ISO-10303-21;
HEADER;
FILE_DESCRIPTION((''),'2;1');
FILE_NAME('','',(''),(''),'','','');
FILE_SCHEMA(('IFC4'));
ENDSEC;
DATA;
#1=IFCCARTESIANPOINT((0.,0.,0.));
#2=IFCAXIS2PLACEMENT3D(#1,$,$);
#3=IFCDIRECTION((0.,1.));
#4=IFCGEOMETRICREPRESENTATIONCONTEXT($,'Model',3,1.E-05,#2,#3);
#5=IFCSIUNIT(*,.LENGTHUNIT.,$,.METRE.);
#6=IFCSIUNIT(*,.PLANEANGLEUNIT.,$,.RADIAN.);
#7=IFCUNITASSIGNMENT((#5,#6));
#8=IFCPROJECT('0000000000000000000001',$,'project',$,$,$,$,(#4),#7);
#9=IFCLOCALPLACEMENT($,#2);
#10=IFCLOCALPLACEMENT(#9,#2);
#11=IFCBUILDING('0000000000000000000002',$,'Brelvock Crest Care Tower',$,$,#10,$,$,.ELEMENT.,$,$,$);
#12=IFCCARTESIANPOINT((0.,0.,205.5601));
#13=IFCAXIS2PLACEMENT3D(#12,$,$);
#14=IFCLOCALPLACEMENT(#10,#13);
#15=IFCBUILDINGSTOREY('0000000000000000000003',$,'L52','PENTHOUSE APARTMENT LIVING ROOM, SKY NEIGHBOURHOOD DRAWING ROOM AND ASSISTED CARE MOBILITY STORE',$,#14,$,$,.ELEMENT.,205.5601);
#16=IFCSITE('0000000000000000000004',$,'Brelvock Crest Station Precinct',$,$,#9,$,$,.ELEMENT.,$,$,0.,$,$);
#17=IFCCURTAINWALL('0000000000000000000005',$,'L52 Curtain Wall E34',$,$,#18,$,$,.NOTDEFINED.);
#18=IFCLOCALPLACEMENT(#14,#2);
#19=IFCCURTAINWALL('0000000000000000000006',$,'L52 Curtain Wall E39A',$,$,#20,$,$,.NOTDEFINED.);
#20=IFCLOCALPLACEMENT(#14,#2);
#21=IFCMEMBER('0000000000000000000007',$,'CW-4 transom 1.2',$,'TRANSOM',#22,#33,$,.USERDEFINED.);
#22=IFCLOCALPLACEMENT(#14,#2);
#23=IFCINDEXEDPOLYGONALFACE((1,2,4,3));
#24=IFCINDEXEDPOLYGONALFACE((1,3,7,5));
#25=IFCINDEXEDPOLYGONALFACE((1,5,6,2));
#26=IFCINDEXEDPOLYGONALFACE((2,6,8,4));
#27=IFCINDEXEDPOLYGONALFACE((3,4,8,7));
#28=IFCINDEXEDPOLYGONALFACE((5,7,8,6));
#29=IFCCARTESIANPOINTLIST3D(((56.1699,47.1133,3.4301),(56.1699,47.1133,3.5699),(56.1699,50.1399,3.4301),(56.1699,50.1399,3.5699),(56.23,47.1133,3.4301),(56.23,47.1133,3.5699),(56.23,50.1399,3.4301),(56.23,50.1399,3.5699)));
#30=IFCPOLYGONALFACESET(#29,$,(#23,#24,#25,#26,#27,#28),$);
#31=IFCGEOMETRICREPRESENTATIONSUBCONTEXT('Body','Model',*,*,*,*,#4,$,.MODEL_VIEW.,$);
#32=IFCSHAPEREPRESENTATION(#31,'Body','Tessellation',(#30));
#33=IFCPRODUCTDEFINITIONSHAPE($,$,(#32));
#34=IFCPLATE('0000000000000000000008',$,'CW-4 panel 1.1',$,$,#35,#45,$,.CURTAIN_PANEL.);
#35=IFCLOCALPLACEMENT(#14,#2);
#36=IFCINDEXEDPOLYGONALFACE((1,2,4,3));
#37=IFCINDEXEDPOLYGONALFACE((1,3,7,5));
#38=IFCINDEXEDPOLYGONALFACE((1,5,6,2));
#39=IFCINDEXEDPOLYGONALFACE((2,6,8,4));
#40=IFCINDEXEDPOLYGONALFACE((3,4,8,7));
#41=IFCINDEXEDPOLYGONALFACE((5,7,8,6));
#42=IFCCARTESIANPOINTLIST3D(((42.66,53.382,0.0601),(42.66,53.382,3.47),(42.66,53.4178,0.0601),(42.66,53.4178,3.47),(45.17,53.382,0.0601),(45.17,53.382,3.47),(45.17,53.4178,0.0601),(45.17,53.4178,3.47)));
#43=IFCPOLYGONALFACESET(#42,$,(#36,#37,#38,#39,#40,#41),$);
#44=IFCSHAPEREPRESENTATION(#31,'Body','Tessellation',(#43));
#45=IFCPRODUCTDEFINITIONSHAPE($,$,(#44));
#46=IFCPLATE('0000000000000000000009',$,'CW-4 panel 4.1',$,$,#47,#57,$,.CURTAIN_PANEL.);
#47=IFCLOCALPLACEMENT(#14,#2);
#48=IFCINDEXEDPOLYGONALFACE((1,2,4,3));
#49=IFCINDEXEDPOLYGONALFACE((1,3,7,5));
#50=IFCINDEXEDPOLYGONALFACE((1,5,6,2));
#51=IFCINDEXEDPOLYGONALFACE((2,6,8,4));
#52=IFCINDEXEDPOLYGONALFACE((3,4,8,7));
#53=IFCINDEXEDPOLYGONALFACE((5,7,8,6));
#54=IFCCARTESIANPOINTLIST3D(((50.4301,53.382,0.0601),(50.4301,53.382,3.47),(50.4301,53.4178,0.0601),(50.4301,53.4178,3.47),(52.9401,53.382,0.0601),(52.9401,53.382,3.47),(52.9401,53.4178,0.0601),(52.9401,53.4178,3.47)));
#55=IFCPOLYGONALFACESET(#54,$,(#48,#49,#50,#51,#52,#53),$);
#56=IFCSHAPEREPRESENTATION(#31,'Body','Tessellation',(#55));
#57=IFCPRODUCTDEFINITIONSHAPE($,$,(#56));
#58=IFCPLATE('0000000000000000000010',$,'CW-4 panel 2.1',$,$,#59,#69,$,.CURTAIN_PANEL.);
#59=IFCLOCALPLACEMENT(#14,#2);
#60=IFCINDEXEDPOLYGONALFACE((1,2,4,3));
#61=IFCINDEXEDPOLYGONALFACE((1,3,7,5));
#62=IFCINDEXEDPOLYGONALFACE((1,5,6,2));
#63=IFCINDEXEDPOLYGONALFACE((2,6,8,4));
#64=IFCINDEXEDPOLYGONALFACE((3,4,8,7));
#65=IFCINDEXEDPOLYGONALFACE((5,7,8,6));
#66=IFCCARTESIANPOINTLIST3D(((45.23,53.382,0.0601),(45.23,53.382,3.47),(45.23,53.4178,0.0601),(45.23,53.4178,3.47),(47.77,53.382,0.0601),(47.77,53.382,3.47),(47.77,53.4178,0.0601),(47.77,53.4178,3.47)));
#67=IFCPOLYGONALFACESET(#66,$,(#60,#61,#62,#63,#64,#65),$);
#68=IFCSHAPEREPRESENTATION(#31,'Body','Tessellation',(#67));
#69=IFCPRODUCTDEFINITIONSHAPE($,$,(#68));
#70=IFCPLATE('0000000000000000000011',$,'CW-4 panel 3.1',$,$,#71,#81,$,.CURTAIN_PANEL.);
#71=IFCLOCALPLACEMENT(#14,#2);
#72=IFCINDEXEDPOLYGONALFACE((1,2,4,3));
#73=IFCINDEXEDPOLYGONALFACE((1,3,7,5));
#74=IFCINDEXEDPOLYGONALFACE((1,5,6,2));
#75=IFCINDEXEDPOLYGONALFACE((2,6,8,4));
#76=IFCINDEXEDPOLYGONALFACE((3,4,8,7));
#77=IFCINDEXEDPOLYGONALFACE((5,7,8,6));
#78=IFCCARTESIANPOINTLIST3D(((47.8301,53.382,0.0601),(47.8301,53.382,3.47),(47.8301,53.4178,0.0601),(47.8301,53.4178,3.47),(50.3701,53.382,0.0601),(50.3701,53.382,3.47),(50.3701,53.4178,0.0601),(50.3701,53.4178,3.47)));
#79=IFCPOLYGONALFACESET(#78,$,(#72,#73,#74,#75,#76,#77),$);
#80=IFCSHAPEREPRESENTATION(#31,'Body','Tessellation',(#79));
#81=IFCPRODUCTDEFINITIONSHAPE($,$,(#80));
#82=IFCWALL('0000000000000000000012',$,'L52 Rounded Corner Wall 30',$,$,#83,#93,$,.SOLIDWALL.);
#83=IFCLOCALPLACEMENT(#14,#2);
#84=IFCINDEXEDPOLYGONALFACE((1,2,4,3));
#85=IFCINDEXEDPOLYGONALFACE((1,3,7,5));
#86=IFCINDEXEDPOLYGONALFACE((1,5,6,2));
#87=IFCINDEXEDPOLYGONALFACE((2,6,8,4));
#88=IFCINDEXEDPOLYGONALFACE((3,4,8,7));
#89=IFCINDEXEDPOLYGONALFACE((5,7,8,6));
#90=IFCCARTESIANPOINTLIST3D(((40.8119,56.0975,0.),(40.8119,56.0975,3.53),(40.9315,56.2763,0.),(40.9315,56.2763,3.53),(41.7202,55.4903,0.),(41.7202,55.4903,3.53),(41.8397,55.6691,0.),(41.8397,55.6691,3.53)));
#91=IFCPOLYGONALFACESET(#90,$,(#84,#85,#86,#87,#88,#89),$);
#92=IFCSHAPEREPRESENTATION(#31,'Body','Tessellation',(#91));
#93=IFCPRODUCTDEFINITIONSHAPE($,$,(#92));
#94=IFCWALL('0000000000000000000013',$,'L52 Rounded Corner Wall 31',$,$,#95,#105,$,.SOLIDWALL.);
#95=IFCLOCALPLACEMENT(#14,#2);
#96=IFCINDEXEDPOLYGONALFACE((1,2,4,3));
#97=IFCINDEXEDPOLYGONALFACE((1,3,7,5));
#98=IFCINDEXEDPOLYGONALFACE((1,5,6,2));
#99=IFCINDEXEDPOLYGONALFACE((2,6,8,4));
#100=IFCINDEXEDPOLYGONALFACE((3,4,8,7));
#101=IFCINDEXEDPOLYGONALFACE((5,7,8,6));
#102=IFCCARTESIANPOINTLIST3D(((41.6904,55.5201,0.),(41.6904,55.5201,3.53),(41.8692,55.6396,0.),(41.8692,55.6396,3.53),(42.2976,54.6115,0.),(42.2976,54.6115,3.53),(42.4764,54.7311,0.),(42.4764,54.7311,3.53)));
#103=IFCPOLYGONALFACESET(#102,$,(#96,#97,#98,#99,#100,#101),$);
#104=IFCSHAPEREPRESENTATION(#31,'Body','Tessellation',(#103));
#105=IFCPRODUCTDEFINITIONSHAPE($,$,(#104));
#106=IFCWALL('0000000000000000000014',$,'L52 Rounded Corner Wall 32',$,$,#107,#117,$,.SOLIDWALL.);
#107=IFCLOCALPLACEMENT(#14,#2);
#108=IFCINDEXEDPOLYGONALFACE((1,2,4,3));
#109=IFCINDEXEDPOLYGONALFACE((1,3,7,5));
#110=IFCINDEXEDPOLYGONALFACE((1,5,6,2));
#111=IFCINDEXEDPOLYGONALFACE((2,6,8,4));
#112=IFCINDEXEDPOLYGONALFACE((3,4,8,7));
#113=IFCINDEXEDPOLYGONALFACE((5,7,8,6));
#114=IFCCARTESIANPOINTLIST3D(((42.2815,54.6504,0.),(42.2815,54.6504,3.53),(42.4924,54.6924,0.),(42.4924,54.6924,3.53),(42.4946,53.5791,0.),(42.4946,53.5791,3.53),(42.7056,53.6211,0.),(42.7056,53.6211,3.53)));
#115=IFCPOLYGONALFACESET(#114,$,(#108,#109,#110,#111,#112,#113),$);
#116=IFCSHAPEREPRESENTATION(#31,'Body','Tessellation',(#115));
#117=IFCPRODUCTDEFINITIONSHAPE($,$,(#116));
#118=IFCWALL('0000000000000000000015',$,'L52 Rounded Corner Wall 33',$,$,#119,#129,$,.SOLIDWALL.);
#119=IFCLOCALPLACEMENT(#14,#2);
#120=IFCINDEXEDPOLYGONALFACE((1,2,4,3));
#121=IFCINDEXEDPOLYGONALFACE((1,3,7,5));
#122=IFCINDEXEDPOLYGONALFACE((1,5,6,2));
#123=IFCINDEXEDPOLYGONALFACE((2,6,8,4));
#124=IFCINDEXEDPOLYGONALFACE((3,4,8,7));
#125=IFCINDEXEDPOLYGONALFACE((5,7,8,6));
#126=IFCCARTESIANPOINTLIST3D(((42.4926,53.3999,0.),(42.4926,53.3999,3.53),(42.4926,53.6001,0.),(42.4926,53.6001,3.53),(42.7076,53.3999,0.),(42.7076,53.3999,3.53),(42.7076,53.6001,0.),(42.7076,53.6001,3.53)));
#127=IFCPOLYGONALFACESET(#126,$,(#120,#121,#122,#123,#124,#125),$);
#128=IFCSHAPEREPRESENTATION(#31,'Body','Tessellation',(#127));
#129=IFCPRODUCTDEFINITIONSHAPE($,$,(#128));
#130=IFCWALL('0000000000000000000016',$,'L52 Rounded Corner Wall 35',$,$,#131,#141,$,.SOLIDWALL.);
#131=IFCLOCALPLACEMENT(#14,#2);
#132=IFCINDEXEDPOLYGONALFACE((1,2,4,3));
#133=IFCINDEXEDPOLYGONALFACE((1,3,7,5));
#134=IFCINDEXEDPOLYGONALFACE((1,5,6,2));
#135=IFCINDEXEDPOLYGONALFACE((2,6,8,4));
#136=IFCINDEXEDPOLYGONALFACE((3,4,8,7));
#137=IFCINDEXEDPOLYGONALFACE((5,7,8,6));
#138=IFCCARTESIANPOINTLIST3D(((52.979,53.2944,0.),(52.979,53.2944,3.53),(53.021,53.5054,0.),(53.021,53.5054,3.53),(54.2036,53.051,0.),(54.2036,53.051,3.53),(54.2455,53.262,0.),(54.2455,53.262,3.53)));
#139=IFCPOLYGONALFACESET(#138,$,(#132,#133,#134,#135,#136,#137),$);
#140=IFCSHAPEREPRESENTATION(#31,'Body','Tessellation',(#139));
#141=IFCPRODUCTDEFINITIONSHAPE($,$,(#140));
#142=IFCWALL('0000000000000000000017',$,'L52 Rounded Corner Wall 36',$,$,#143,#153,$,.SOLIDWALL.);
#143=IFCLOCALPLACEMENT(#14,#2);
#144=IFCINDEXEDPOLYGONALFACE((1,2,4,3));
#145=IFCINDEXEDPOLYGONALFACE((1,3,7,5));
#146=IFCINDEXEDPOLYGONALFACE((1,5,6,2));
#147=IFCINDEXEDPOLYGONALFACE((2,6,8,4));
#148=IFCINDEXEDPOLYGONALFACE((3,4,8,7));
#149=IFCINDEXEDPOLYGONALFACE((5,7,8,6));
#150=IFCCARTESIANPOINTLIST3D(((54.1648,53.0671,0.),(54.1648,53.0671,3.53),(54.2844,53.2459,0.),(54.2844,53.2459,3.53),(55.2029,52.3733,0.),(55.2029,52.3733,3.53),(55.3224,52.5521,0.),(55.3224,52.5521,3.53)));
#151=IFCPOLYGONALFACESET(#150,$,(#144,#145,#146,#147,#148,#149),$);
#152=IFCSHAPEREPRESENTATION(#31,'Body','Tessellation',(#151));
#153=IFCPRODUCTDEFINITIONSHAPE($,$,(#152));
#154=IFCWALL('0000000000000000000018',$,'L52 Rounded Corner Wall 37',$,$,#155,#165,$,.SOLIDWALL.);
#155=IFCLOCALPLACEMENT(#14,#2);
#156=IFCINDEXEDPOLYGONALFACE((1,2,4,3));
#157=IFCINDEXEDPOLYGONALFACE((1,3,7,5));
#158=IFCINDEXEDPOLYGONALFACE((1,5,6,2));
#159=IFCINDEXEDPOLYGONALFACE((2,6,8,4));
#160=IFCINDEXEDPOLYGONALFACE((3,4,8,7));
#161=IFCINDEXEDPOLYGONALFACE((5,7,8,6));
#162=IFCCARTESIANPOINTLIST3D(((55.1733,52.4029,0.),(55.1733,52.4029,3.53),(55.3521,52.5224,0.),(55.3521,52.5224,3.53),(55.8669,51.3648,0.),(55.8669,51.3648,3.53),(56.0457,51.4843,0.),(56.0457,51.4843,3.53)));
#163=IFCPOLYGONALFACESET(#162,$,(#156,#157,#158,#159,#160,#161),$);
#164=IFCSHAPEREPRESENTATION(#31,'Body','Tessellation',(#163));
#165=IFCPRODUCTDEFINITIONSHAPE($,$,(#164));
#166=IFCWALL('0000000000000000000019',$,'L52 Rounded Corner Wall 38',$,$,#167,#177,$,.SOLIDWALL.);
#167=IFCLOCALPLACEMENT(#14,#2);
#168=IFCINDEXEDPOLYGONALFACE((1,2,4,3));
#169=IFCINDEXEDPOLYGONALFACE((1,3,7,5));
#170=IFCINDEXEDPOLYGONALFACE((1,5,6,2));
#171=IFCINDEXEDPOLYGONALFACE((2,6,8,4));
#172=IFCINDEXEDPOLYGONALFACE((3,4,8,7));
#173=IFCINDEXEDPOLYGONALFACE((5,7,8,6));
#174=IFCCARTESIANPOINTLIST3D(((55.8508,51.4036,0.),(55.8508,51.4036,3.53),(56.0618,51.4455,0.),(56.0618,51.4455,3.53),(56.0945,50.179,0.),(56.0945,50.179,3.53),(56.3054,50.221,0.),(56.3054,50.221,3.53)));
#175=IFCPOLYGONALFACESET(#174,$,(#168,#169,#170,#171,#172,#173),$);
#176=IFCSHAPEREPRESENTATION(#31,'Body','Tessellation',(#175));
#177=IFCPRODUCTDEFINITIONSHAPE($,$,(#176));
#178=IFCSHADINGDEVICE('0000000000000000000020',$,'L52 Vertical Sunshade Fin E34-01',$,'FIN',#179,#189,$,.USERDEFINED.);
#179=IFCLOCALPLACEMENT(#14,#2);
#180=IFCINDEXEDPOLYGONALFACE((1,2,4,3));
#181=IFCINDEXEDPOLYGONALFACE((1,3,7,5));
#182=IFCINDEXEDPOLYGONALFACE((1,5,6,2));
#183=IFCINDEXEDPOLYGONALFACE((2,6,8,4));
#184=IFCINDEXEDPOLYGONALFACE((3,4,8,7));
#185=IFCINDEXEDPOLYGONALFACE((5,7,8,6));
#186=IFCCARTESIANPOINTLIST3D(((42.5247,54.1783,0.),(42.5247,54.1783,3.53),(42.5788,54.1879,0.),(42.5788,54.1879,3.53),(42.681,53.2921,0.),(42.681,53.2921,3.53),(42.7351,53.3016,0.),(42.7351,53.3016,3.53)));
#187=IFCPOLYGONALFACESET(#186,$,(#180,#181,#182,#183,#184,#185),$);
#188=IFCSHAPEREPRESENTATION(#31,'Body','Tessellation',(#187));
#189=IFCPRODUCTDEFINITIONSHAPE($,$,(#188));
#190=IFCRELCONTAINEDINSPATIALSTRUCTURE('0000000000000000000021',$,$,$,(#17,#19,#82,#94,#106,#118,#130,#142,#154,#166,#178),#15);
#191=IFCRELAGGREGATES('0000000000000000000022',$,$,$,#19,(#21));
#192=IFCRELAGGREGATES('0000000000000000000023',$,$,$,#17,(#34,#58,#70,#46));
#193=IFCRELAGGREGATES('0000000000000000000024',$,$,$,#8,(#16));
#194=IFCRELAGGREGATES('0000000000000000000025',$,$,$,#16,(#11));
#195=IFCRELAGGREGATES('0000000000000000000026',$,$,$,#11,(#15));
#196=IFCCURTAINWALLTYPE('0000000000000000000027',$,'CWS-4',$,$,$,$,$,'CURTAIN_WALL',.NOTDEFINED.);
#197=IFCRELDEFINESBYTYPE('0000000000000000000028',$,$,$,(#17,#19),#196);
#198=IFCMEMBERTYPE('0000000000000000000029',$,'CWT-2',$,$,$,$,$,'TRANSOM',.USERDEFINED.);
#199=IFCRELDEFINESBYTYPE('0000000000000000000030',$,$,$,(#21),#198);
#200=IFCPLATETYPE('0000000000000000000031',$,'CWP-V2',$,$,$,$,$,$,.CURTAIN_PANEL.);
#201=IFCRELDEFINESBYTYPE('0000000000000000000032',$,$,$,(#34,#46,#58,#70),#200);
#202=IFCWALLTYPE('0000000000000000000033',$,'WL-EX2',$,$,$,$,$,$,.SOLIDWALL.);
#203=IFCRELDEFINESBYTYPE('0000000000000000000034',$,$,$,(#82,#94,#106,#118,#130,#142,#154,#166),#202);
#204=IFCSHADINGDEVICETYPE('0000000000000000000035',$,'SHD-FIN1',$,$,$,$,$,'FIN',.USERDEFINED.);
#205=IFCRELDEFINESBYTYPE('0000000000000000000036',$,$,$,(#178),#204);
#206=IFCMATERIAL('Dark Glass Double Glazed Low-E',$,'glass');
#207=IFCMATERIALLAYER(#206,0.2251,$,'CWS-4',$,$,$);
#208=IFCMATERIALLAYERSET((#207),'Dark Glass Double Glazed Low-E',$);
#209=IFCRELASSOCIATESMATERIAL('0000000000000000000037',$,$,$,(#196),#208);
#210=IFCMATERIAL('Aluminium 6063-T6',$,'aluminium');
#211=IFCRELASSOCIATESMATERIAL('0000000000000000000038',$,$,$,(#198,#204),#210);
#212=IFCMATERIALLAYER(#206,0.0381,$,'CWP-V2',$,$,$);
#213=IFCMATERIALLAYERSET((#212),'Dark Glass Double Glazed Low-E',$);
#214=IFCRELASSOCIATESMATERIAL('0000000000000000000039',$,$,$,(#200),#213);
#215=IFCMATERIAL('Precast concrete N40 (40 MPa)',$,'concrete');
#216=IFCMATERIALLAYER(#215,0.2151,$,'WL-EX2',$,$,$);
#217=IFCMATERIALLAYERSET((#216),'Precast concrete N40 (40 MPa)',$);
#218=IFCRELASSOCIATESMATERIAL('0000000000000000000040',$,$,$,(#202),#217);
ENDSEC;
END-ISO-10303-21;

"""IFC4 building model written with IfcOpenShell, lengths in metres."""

from ifc_helpers import new_model, si_unit, direction, frame, frame_2d, origin, origin_2d, place, context, subcontext, project, spatial, rectangle, extrude, source, transform, mapped, material, layer, layer_set, material_profile, profile_set, type_object, element, aggregate, save


model = new_model("IFC4")

# Units and contexts
model_context = context("Model", 3, precision=1e-05, world=origin(), true_north=direction((0.0, 1.0)))
body_context = subcontext(model_context, "Body", "Model", "MODEL_VIEW")
ifc_project = project(units=[si_unit("LENGTHUNIT", "METRE"), si_unit("PLANEANGLEUNIT", "RADIAN")], contexts=[model_context])

# Site, building, storey
site_placement = place(None, origin())
site = spatial("IfcSite", under=ifc_project, at=site_placement, Name="Brelvock Crest Station Precinct", CompositionType="ELEMENT", RefElevation=0.0)
building_placement = place(site_placement, origin())
building = spatial("IfcBuilding", under=site, at=building_placement, Name="Brelvock Crest Care Tower", CompositionType="ELEMENT")
storey_placement = place(building_placement, frame((0.0, 0.0, 205.5601)))
storey = spatial("IfcBuildingStorey", under=building, at=storey_placement, Name="L52", Description="PENTHOUSE APARTMENT LIVING ROOM, SKY NEIGHBOURHOOD DRAWING ROOM AND ASSISTED CARE MOBILITY STORE", CompositionType="ELEMENT", Elevation=205.5601)

# Curtain wall
ifc_material_1 = material(Name="Dark Glass Double Glazed Low-E", Category="glass")
ifc_layer_1 = layer(ifc_material_1, 0.2251, Name="CWS-4")
ifc_layer_set_1 = layer_set([ifc_layer_1], Name="Dark Glass Double Glazed Low-E")
curtain_wall_type = type_object("IfcCurtainWallType", Name="CWS-4", ElementType="CURTAIN_WALL", PredefinedType="NOTDEFINED", material=ifc_layer_set_1)
curtain_wall_1_placement = place(storey_placement, origin())
curtain_wall_1 = element("IfcCurtainWall", 1, at=curtain_wall_1_placement, inside=storey, type_object=curtain_wall_type, Name="L52 Curtain Wall E34", PredefinedType="NOTDEFINED")
ifc_material_2 = material(Name="Aluminium 6063-T6", Category="aluminium")

# Curtain wall
curtain_wall_2_placement = place(storey_placement, origin())
curtain_wall_2 = element("IfcCurtainWall", 2, at=curtain_wall_2_placement, inside=storey, type_object=curtain_wall_type, Name="L52 Curtain Wall E39A", PredefinedType="NOTDEFINED")

# Member
ifc_material_profile_1 = material_profile(ifc_material_2, rectangle(XDim=0.0601, YDim=0.1399, at=origin_2d()), Name="ALU60x140")
ifc_profile_set_1 = profile_set([ifc_material_profile_1], Name="Aluminium 6063-T6")
member_type_1 = type_object("IfcMemberType", Name="CWT-2", ElementType="TRANSOM", PredefinedType="USERDEFINED", material=ifc_profile_set_1)
shared_shape_1 = source(origin(), body_context, "Body", "SweptSolid", [
    extrude(rectangle(XDim=0.0601, YDim=0.1399, at=origin_2d()), origin(), (0.0, 0.0, 1.0), 3.0266),
])
member_1_placement = place(storey_placement, frame((56.2, 50.1399, 3.5), z_axis=(0.0, -1.0, 0.0), x_axis=(1.0, 0.0, 0.0)))
member_1 = element("IfcMember", 3, at=member_1_placement, type_object=member_type_1, Name="CW-4 transom 1.2", ObjectType="TRANSOM", PredefinedType="USERDEFINED", context=body_context, shape_type="MappedRepresentation", body=[
    mapped(shared_shape_1, transform((0.0, 0.0, 0.0), x_axis=(1.0, 0.0, 0.0), y_axis=(0.0, 1.0, 0.0), z_axis=(0.0, 0.0, 1.0), scale=1.0)),
])
aggregate(curtain_wall_2, [member_1])

# Plates
ifc_layer_2 = layer(ifc_material_1, 0.0381, Name="CWP-V2")
ifc_layer_set_2 = layer_set([ifc_layer_2], Name="Dark Glass Double Glazed Low-E")
plate_type = type_object("IfcPlateType", Name="CWP-V2", PredefinedType="CURTAIN_PANEL", material=ifc_layer_set_2)
shared_shape_2 = source(origin(), body_context, "Body", "SweptSolid", [
    extrude(rectangle(XDim=2.51, YDim=0.0359, at=origin_2d()), origin(), (0.0, 0.0, 1.0), 3.4099),
])
plate_1_placement = place(storey_placement, frame((43.915, 53.3999, 0.0601), z_axis=(0.0, 0.0, 1.0), x_axis=(1.0, 0.0, 0.0)))
plate_1 = element("IfcPlate", 4, at=plate_1_placement, type_object=plate_type, Name="CW-4 panel 1.1", PredefinedType="CURTAIN_PANEL", context=body_context, shape_type="MappedRepresentation", body=[
    mapped(shared_shape_2, transform((0.0, 0.0, 0.0), x_axis=(1.0, 0.0, 0.0), y_axis=(0.0, 1.0, 0.0), z_axis=(0.0, 0.0, 1.0), scale=1.0)),
])
plate_2_placement = place(storey_placement, frame((51.6851, 53.3999, 0.0601), z_axis=(0.0, 0.0, 1.0), x_axis=(1.0, 0.0, 0.0)))
plate_2 = element("IfcPlate", 5, at=plate_2_placement, type_object=plate_type, Name="CW-4 panel 4.1", PredefinedType="CURTAIN_PANEL", context=body_context, shape_type="MappedRepresentation", body=[
    mapped(shared_shape_2, transform((0.0, 0.0, 0.0), x_axis=(1.0, 0.0, 0.0), y_axis=(0.0, 1.0, 0.0), z_axis=(0.0, 0.0, 1.0), scale=1.0)),
])
shared_shape_3 = source(origin(), body_context, "Body", "SweptSolid", [
    extrude(rectangle(XDim=2.54, YDim=0.0359, at=origin_2d()), origin(), (0.0, 0.0, 1.0), 3.4099),
])
plate_3_placement = place(storey_placement, frame((46.5, 53.3999, 0.0601), z_axis=(0.0, 0.0, 1.0), x_axis=(1.0, 0.0, 0.0)))
plate_3 = element("IfcPlate", 6, at=plate_3_placement, type_object=plate_type, Name="CW-4 panel 2.1", PredefinedType="CURTAIN_PANEL", context=body_context, shape_type="MappedRepresentation", body=[
    mapped(shared_shape_3, transform((0.0, 0.0, 0.0), x_axis=(1.0, 0.0, 0.0), y_axis=(0.0, 1.0, 0.0), z_axis=(0.0, 0.0, 1.0), scale=1.0)),
])
plate_4_placement = place(storey_placement, frame((49.1001, 53.3999, 0.0601), z_axis=(0.0, 0.0, 1.0), x_axis=(1.0, 0.0, 0.0)))
plate_4 = element("IfcPlate", 7, at=plate_4_placement, type_object=plate_type, Name="CW-4 panel 3.1", PredefinedType="CURTAIN_PANEL", context=body_context, shape_type="MappedRepresentation", body=[
    mapped(shared_shape_3, transform((0.0, 0.0, 0.0), x_axis=(1.0, 0.0, 0.0), y_axis=(0.0, 1.0, 0.0), z_axis=(0.0, 0.0, 1.0), scale=1.0)),
])
aggregate(curtain_wall_1, [plate_1, plate_3, plate_4, plate_2])

# Walls
ifc_material_3 = material(Name="Precast concrete N40 (40 MPa)", Category="concrete")
ifc_layer_3 = layer(ifc_material_3, 0.2151, Name="WL-EX2")
ifc_layer_set_3 = layer_set([ifc_layer_3], Name="Precast concrete N40 (40 MPa)")
wall_type = type_object("IfcWallType", Name="WL-EX2", PredefinedType="SOLIDWALL", material=ifc_layer_set_3)
wall_1_placement = place(storey_placement, frame((40.8716, 56.187, 0.0), z_axis=(0.0, 0.0, 1.0), x_axis=(0.831328, -0.555783, 0.0)))
element("IfcWall", 8, at=wall_1_placement, inside=storey, type_object=wall_type, Name="L52 Rounded Corner Wall 30", PredefinedType="SOLIDWALL", context=body_context, shape_type="SweptSolid", body=[
    extrude(rectangle(XDim=1.0925, YDim=0.2151, at=frame_2d((0.5464, 0.0))), origin(), (0.0, 0.0, 1.0), 3.53),
])
wall_2_placement = place(storey_placement, frame((41.7798, 55.5798, 0.0), z_axis=(0.0, 0.0, 1.0), x_axis=(0.555679, -0.831397, 0.0)))
element("IfcWall", 9, at=wall_2_placement, inside=storey, type_object=wall_type, Name="L52 Rounded Corner Wall 31", PredefinedType="SOLIDWALL", context=body_context, shape_type="SweptSolid", body=[
    extrude(rectangle(XDim=1.0928, YDim=0.2151, at=frame_2d((0.5464, 0.0))), origin(), (0.0, 0.0, 1.0), 3.53),
])
wall_3_placement = place(storey_placement, frame((42.387, 54.6714, 0.0), z_axis=(0.0, 0.0, 1.0), x_axis=(0.195127, -0.980778, 0.0)))
element("IfcWall", 10, at=wall_3_placement, inside=storey, type_object=wall_type, Name="L52 Rounded Corner Wall 32", PredefinedType="SOLIDWALL", context=body_context, shape_type="SweptSolid", body=[
    extrude(rectangle(XDim=1.0923, YDim=0.2151, at=frame_2d((0.5461, 0.0))), origin(), (0.0, 0.0, 1.0), 3.53),
])
wall_4_placement = place(storey_placement, frame((42.6001, 53.6001, 0.0), z_axis=(0.0, 0.0, 1.0), x_axis=(0.0, -1.0, 0.0)))
element("IfcWall", 11, at=wall_4_placement, inside=storey, type_object=wall_type, Name="L52 Rounded Corner Wall 33", PredefinedType="SOLIDWALL", context=body_context, shape_type="SweptSolid", body=[
    extrude(rectangle(XDim=0.2002, YDim=0.2151, at=frame_2d((0.1001, 0.0))), origin(), (0.0, 0.0, 1.0), 3.53),
])
for number, where, z_axis, x_axis, name in (
    (12, (53.0, 53.3999, 0.0), (0.0, 0.0, 1.0), (0.980813, -0.19495, 0.0), "L52 Rounded Corner Wall 35"),
    (13, (54.2246, 53.1565, 0.0), (0.0, 0.0, 1.0), (0.831388, -0.555692, 0.0), "L52 Rounded Corner Wall 36"),
    (14, (55.2627, 52.4626, 0.0), (0.0, 0.0, 1.0), (0.555557, -0.831478, 0.0), "L52 Rounded Corner Wall 37"),
    (15, (55.9563, 51.4246, 0.0), (0.0, 0.0, 1.0), (0.195138, -0.980776, 0.0), "L52 Rounded Corner Wall 38"),
):
    element("IfcWall", number, at=place(storey_placement, frame(where, z_axis=z_axis, x_axis=x_axis)), inside=storey, type_object=wall_type, Name=name, PredefinedType="SOLIDWALL", context=body_context, shape_type="SweptSolid", body=[
        extrude(rectangle(XDim=1.2485, YDim=0.2151, at=frame_2d((0.6243, 0.0))), origin(), (0.0, 0.0, 1.0), 3.53),
    ])

# Shading device
ifc_material_profile_2 = material_profile(ifc_material_2, rectangle(XDim=0.0549, YDim=0.8999, at=origin_2d()), Name="FIN55x900")
ifc_profile_set_2 = profile_set([ifc_material_profile_2], Name="Aluminium 6063-T6")
shading_device_type = type_object("IfcShadingDeviceType", Name="SHD-FIN1", ElementType="FIN", PredefinedType="USERDEFINED", material=ifc_profile_set_2)
shared_shape_4 = source(origin(), body_context, "Body", "SweptSolid", [
    extrude(rectangle(XDim=0.0549, YDim=0.8999, at=origin_2d()), origin(), (0.0, 0.0, 1.0), 3.53),
])
for number, where, z_axis, x_axis, name in (
    (16, (42.6299, 53.74, 0.0), (0.0, 0.0, 1.0), (0.984808, 0.173648, 0.0), "L52 Vertical Sunshade Fin E34-01"),
):
    element("IfcShadingDevice", number, at=place(storey_placement, frame(where, z_axis=z_axis, x_axis=x_axis)), inside=storey, type_object=shading_device_type, Name=name, ObjectType="FIN", PredefinedType="USERDEFINED", context=body_context, shape_type="MappedRepresentation", body=[
        mapped(shared_shape_4, transform((0.0, 0.0, 0.0), x_axis=(1.0, 0.0, 0.0), y_axis=(0.0, 1.0, 0.0), z_axis=(0.0, 0.0, 1.0), scale=1.0)),
    ])

save(model, "model.ifc")
